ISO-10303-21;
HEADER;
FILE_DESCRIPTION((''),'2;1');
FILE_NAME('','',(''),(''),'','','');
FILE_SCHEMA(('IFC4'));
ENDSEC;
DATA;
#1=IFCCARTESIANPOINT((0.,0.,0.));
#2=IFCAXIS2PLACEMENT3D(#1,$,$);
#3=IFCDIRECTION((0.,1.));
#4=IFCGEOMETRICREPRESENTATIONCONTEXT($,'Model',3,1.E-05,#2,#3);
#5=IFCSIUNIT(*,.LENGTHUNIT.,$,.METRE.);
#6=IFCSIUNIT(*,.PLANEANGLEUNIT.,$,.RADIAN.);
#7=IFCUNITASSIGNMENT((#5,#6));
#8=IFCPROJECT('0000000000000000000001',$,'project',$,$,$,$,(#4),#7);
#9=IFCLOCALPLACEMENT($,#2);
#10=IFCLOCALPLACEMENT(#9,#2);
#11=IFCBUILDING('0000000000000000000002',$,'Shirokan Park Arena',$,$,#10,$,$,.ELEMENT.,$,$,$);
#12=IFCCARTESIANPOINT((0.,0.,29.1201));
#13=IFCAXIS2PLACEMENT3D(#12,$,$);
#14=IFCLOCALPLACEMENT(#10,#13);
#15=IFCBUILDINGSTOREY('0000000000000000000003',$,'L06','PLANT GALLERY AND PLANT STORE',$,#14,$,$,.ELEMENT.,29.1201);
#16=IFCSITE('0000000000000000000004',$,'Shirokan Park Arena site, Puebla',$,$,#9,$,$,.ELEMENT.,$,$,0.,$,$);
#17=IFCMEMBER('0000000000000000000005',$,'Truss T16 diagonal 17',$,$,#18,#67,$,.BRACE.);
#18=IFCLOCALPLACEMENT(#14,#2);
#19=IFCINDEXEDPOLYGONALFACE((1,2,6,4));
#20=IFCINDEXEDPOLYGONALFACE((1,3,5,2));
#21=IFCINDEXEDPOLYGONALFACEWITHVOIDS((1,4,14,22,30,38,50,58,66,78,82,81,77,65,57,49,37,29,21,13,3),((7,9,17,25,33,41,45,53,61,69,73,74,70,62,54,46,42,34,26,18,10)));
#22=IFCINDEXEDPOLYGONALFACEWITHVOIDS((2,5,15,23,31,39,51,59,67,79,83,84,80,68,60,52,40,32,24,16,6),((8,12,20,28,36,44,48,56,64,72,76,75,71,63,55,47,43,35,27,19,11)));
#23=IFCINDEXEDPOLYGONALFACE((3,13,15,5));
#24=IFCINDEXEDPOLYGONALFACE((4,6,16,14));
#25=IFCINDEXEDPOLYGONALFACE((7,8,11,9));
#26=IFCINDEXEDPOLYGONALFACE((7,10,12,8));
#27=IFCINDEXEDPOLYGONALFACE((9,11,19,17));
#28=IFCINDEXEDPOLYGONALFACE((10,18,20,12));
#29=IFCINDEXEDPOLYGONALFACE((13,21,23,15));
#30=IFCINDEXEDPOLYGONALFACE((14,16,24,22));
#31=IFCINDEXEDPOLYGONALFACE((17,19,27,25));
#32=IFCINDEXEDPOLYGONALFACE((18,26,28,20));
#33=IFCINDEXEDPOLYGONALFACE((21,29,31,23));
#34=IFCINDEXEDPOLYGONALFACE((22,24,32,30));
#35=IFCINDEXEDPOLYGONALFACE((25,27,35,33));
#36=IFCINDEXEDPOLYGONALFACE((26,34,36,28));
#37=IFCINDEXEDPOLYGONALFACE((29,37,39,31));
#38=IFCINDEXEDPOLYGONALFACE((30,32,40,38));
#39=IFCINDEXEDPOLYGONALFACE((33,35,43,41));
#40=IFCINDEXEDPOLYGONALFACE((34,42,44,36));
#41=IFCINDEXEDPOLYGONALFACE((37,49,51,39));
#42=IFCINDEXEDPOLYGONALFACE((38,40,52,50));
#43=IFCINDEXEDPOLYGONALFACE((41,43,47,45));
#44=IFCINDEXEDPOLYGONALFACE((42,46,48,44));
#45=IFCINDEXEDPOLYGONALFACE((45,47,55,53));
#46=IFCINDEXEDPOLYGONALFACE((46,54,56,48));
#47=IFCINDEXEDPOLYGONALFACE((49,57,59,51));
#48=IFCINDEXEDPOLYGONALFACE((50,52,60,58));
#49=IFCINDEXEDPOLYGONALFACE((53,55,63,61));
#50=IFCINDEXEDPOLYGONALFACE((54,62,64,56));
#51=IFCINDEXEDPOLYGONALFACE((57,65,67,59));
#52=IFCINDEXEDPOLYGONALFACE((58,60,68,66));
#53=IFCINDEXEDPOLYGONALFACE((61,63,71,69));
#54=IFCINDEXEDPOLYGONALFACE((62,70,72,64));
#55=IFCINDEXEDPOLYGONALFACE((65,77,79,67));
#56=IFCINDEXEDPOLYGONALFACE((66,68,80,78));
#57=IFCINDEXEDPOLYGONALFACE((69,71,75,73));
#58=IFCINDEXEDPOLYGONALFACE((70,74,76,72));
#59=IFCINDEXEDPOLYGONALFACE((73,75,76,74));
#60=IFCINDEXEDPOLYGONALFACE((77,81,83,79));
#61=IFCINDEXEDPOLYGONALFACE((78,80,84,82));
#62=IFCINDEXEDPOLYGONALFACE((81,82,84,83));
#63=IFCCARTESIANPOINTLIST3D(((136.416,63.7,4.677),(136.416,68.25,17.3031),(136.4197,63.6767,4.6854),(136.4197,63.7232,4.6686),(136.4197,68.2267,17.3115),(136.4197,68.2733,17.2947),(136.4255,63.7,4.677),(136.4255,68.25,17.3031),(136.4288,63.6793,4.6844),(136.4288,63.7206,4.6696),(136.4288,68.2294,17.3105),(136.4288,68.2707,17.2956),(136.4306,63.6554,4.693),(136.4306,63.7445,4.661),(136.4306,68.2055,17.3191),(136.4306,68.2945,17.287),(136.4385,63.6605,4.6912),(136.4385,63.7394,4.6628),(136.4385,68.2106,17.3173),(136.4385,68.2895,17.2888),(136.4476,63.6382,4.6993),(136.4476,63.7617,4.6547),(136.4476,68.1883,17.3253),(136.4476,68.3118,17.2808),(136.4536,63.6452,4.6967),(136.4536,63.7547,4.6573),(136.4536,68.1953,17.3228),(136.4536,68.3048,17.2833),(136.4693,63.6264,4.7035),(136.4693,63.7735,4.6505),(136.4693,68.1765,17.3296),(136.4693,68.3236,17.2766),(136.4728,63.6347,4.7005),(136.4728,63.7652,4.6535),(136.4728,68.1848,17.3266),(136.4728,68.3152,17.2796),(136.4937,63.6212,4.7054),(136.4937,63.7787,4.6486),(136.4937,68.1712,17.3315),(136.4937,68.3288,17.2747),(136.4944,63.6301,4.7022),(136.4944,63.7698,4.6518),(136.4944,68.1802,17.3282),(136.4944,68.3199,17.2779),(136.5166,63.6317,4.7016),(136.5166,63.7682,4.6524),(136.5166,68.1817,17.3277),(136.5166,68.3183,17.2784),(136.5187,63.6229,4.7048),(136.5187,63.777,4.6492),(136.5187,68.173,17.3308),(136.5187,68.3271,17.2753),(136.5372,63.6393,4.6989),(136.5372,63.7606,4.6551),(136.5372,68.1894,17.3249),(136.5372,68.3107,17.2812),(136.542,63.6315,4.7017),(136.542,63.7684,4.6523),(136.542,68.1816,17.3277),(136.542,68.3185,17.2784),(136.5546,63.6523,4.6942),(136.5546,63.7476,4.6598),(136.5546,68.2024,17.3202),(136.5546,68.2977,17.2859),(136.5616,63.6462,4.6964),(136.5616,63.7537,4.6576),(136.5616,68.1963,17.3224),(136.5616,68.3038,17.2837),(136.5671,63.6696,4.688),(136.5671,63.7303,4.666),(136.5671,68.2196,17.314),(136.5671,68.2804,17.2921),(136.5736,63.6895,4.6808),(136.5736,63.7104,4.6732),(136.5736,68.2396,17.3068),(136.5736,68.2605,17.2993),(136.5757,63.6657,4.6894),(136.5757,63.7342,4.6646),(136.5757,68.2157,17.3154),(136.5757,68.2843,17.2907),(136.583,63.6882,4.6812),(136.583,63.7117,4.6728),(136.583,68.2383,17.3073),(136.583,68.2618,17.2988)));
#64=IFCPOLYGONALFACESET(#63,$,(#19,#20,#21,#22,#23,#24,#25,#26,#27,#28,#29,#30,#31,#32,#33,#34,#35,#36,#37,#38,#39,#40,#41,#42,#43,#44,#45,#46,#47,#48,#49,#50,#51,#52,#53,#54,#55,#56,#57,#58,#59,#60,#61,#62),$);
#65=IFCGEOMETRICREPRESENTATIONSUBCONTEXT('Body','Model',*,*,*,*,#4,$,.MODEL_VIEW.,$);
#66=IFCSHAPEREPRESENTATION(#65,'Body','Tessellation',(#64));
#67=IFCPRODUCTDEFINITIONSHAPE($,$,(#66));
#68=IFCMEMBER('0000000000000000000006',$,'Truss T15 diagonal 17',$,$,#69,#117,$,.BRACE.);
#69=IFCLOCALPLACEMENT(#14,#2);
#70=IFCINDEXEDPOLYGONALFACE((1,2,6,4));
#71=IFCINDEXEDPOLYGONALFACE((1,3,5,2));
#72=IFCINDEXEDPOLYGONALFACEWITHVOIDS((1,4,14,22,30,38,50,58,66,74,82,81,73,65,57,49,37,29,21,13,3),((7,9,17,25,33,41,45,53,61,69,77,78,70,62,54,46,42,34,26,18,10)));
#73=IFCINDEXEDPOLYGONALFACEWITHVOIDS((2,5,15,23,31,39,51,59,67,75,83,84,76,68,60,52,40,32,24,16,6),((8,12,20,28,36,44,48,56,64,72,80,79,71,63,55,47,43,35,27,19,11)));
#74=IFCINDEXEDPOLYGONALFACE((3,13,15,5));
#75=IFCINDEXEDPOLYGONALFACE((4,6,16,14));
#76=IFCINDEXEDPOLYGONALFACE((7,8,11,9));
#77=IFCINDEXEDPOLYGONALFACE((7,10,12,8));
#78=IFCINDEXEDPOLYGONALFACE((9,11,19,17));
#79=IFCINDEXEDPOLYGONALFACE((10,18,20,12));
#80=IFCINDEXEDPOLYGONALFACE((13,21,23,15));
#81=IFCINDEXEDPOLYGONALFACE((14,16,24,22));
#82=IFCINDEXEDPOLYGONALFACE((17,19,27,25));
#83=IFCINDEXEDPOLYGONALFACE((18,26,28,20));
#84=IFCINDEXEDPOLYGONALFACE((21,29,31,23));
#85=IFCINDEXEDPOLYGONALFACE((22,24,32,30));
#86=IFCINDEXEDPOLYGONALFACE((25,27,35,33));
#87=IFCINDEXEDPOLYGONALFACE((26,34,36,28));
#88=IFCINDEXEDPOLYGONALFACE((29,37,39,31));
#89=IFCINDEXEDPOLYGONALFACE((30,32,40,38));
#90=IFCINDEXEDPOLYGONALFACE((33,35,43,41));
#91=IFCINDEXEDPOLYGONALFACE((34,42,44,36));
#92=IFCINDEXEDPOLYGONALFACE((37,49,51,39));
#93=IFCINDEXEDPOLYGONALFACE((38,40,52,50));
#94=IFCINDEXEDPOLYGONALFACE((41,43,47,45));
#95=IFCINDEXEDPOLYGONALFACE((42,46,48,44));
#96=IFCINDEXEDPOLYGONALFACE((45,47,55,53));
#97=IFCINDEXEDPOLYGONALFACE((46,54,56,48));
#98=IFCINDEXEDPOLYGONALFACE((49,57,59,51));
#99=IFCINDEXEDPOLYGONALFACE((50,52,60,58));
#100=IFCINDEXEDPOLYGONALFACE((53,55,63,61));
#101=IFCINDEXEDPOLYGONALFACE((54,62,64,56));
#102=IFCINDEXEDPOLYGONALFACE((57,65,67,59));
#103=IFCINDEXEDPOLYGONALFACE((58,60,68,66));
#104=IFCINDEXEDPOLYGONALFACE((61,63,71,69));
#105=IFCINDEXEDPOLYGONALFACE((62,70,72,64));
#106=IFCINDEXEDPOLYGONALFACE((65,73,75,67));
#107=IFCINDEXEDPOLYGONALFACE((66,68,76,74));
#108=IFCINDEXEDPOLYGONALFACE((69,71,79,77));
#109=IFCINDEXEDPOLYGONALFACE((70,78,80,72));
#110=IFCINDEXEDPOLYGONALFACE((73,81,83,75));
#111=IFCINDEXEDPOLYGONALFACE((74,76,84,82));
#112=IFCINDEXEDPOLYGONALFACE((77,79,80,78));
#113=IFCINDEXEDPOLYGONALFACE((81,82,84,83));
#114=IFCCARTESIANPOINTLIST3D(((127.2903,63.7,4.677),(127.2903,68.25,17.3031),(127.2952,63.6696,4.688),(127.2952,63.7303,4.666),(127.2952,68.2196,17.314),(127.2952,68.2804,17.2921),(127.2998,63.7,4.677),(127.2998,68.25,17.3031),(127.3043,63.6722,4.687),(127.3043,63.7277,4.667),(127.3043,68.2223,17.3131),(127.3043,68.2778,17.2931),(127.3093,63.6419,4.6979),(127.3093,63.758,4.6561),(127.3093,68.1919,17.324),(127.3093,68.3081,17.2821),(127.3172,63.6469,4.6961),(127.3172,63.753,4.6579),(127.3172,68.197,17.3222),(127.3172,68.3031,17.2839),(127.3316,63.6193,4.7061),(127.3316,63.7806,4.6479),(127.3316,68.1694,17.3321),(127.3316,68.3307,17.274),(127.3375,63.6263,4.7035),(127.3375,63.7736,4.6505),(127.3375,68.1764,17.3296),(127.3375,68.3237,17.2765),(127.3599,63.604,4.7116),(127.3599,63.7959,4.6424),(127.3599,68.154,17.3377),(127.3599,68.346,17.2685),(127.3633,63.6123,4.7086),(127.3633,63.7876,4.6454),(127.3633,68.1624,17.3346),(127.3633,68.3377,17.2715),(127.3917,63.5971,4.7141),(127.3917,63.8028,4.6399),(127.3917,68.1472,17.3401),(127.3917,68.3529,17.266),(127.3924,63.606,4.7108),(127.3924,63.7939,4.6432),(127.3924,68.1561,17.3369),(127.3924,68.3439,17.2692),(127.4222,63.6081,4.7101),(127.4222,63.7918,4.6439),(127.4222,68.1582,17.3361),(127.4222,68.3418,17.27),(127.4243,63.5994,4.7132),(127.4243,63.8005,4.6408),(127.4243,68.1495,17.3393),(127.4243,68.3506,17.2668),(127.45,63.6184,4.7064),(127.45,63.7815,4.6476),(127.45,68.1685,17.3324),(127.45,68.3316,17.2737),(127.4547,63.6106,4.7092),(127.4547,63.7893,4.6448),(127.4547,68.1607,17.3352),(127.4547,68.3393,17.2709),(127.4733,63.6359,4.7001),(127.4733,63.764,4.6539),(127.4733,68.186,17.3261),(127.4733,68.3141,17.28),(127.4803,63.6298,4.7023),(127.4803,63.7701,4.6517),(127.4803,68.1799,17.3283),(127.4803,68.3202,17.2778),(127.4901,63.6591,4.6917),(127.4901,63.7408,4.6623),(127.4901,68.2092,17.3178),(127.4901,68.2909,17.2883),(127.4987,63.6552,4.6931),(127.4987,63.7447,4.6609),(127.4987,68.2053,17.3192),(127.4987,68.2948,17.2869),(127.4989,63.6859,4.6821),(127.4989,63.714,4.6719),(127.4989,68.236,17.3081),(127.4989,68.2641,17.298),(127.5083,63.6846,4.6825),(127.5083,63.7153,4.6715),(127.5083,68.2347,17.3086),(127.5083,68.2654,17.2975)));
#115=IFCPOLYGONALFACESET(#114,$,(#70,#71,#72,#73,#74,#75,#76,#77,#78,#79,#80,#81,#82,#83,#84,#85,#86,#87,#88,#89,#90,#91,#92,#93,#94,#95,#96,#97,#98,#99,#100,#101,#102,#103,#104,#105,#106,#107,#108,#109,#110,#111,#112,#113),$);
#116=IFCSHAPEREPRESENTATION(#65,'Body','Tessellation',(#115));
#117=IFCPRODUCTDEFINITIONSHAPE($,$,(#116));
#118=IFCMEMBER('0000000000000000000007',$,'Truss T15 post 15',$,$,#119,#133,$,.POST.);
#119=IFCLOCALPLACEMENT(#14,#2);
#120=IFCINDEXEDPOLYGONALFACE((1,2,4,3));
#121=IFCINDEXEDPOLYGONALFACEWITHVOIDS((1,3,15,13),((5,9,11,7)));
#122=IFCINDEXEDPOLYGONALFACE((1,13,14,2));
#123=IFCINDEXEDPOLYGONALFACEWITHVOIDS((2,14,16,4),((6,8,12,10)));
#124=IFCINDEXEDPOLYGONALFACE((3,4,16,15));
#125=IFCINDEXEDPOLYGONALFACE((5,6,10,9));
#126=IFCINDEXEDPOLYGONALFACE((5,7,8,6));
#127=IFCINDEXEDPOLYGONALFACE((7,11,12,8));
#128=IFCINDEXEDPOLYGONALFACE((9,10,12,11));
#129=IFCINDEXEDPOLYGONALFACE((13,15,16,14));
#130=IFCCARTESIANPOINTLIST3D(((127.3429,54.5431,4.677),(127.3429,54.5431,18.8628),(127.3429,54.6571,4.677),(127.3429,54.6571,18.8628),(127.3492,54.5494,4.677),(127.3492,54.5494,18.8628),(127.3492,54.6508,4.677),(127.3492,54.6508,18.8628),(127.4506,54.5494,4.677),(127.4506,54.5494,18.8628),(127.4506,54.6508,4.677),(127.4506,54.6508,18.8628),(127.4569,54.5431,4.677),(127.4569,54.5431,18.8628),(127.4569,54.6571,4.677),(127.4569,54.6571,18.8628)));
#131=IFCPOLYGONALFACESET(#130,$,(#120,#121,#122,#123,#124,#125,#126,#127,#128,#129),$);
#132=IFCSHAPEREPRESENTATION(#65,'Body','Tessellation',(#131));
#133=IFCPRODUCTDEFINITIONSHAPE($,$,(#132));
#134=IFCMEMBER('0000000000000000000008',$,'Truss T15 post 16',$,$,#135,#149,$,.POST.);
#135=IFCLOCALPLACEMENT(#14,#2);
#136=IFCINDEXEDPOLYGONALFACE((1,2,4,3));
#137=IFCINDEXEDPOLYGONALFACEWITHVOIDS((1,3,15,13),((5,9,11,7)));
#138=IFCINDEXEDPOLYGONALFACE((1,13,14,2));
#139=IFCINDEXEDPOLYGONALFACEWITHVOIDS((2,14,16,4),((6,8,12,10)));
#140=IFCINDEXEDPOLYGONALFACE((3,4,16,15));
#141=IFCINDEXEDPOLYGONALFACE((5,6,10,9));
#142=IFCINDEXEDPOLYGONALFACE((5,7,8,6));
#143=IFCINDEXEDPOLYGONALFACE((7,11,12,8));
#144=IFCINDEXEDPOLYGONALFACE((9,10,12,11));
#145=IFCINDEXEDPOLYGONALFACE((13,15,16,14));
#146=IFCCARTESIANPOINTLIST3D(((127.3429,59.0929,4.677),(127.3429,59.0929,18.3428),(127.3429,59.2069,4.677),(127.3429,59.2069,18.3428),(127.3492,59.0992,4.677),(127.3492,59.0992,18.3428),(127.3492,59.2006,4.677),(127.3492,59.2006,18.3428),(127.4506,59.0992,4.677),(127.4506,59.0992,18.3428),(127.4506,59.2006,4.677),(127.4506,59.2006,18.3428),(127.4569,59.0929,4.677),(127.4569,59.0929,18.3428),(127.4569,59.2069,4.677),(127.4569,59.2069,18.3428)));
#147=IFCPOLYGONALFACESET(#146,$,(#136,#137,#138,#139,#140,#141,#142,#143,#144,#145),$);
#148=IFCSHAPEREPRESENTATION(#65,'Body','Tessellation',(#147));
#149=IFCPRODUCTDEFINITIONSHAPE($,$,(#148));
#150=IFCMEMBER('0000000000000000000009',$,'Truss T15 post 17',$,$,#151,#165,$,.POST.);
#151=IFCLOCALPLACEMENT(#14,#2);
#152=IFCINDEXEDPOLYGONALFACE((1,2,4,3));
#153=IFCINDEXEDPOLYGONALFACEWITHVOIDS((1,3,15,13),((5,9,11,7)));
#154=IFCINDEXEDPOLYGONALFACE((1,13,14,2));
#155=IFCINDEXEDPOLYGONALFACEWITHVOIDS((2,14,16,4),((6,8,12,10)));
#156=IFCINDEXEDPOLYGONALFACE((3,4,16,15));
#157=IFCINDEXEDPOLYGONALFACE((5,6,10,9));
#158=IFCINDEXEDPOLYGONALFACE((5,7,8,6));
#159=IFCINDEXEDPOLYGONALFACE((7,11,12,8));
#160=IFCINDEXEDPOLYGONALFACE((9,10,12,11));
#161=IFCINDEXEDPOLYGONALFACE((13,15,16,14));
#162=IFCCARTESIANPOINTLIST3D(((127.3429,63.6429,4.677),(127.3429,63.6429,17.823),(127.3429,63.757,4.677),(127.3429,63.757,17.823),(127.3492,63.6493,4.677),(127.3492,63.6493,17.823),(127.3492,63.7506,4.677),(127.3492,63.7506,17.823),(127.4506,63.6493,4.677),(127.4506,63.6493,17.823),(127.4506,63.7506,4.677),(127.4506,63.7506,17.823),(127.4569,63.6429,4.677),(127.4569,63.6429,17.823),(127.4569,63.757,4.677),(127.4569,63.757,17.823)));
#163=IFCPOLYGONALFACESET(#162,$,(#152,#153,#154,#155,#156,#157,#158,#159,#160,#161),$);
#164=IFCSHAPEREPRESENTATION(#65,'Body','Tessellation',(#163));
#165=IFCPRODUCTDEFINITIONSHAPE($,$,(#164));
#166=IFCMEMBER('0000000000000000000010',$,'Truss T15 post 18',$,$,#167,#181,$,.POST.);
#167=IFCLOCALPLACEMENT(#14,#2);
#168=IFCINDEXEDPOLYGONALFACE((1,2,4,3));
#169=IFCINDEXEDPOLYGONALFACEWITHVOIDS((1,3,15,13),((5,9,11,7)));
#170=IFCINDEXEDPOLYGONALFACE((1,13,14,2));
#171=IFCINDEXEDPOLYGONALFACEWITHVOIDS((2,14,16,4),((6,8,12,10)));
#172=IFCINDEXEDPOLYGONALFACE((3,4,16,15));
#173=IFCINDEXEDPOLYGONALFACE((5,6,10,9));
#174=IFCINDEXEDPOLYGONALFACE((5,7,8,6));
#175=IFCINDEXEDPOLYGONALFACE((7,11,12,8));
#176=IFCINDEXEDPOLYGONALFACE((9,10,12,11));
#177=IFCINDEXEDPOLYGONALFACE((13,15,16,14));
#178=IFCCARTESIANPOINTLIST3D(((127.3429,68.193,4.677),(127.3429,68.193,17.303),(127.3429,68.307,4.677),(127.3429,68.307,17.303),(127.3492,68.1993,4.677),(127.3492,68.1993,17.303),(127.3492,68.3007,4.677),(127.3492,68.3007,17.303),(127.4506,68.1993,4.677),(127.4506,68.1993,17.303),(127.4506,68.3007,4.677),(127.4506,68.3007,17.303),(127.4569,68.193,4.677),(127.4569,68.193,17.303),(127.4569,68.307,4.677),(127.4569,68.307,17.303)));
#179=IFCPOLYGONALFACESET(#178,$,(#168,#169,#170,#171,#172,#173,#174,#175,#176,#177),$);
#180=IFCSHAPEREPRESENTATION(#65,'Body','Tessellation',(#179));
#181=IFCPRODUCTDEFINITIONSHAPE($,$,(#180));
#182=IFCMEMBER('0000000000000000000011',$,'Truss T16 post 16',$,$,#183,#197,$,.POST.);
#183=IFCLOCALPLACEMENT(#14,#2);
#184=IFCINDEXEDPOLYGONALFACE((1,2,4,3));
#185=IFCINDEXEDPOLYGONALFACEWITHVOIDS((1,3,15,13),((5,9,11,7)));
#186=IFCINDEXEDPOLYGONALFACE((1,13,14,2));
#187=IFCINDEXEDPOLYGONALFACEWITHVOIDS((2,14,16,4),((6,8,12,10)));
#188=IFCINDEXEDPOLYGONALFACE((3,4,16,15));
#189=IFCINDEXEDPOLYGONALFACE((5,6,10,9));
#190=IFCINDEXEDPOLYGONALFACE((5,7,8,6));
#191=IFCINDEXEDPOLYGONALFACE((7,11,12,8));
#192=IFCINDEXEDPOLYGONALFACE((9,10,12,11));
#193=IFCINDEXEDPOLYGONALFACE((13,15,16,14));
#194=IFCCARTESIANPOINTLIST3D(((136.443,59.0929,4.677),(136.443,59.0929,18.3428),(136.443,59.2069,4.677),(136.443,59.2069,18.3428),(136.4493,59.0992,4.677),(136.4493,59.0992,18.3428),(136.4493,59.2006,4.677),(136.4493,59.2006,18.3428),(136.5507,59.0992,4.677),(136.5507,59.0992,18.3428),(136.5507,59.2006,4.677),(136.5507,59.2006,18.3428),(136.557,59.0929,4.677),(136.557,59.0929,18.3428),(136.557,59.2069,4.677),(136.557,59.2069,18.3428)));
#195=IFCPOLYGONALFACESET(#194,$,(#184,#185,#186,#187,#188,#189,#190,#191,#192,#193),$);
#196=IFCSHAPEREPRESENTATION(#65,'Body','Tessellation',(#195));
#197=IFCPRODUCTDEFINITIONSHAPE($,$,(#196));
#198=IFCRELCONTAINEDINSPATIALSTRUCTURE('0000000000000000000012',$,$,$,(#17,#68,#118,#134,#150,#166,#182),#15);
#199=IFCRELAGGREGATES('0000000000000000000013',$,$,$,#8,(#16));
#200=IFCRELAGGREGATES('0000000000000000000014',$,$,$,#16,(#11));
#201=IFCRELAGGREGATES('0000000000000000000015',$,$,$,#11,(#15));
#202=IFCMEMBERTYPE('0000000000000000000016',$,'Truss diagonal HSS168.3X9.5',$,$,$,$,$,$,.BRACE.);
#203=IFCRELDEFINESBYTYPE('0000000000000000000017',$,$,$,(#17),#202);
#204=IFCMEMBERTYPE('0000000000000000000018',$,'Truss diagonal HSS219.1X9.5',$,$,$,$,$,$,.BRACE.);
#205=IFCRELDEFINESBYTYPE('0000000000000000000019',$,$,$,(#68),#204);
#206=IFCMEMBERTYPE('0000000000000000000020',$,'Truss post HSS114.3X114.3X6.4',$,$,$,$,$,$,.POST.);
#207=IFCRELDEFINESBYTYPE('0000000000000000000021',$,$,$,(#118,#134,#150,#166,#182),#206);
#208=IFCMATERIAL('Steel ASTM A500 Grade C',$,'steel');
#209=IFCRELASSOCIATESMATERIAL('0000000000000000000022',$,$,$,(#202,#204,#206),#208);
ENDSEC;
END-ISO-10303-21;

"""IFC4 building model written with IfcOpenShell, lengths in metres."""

from ifc_helpers import new_model, si_unit, direction, frame, origin, origin_2d, place, context, subcontext, project, spatial, hollow_rectangle, hollow_circle, extrude, material, material_profile, profile_set, type_object, element, save


model = new_model("IFC4")

# Units and contexts
model_context = context("Model", 3, precision=1e-05, world=origin(), true_north=direction((0.0, 1.0)))
body_context = subcontext(model_context, "Body", "Model", "MODEL_VIEW")
ifc_project = project(units=[si_unit("LENGTHUNIT", "METRE"), si_unit("PLANEANGLEUNIT", "RADIAN")], contexts=[model_context])

# Site, building, storey
site_placement = place(None, origin())
site = spatial("IfcSite", under=ifc_project, at=site_placement, Name="Shirokan Park Arena site, Puebla", CompositionType="ELEMENT", RefElevation=0.0)
building_placement = place(site_placement, origin())
building = spatial("IfcBuilding", under=site, at=building_placement, Name="Shirokan Park Arena", CompositionType="ELEMENT")
storey_placement = place(building_placement, frame((0.0, 0.0, 29.1201)))
storey = spatial("IfcBuildingStorey", under=building, at=storey_placement, Name="L06", Description="PLANT GALLERY AND PLANT STORE", CompositionType="ELEMENT", Elevation=29.1201)

# Shared definitions
ifc_material_1 = material(Name="Steel ASTM A500 Grade C", Category="steel")

# Members
ifc_material_profile_1 = material_profile(ifc_material_1, hollow_circle(Radius=0.084, WallThickness=0.0095, at=origin_2d()), Name="HSS168.3X9.5")
ifc_profile_set_1 = profile_set([ifc_material_profile_1], Name="Steel ASTM A500 Grade C")
member_type_1 = type_object("IfcMemberType", Name="Truss diagonal HSS168.3X9.5", PredefinedType="BRACE", material=ifc_profile_set_1)
member_1_placement = place(storey_placement, frame((136.5, 63.7, 4.677), z_axis=(0.0, 0.339029, 0.940776), x_axis=(-1.0, 0.0, 0.0)))
element("IfcMember", 1, at=member_1_placement, inside=storey, type_object=member_type_1, Name="Truss T16 diagonal 17", PredefinedType="BRACE", context=body_context, shape_type="SweptSolid", body=[
    extrude(hollow_circle(Radius=0.084, WallThickness=0.0095, at=origin_2d()), origin(), (0.0, 0.0, 1.0), 13.4209),
])
ifc_material_profile_2 = material_profile(ifc_material_1, hollow_circle(Radius=0.1096, WallThickness=0.0095, at=origin_2d()), Name="HSS219.1X9.5")
ifc_profile_set_2 = profile_set([ifc_material_profile_2], Name="Steel ASTM A500 Grade C")
member_type_2 = type_object("IfcMemberType", Name="Truss diagonal HSS219.1X9.5", PredefinedType="BRACE", material=ifc_profile_set_2)
member_2_placement = place(storey_placement, frame((127.3999, 63.7, 4.677), z_axis=(0.0, 0.339029, 0.940776), x_axis=(-1.0, 0.0, 0.0)))
element("IfcMember", 2, at=member_2_placement, inside=storey, type_object=member_type_2, Name="Truss T15 diagonal 17", PredefinedType="BRACE", context=body_context, shape_type="SweptSolid", body=[
    extrude(hollow_circle(Radius=0.1096, WallThickness=0.0095, at=origin_2d()), origin(), (0.0, 0.0, 1.0), 13.4209),
])
ifc_material_profile_3 = material_profile(ifc_material_1, hollow_rectangle(XDim=0.114, YDim=0.114, WallThickness=0.0063, at=origin_2d()), Name="HSS114.3X114.3X6.4")
ifc_profile_set_3 = profile_set([ifc_material_profile_3], Name="Steel ASTM A500 Grade C")
member_type_3 = type_object("IfcMemberType", Name="Truss post HSS114.3X114.3X6.4", PredefinedType="POST", material=ifc_profile_set_3)
member_3_placement = place(storey_placement, frame((127.3999, 54.6001, 4.677), z_axis=(0.0, 0.0, 1.0), x_axis=(1.0, 0.0, 0.0)))
element("IfcMember", 3, at=member_3_placement, inside=storey, type_object=member_type_3, Name="Truss T15 post 15", PredefinedType="POST", context=body_context, shape_type="SweptSolid", body=[
    extrude(hollow_rectangle(XDim=0.114, YDim=0.114, WallThickness=0.0063, at=origin_2d()), origin(), (0.0, 0.0, 1.0), 14.1858),
])
member_4_placement = place(storey_placement, frame((127.3999, 59.1499, 4.677), z_axis=(0.0, 0.0, 1.0), x_axis=(1.0, 0.0, 0.0)))
element("IfcMember", 4, at=member_4_placement, inside=storey, type_object=member_type_3, Name="Truss T15 post 16", PredefinedType="POST", context=body_context, shape_type="SweptSolid", body=[
    extrude(hollow_rectangle(XDim=0.114, YDim=0.114, WallThickness=0.0063, at=origin_2d()), origin(), (0.0, 0.0, 1.0), 13.6658),
])
member_5_placement = place(storey_placement, frame((127.3999, 63.7, 4.677), z_axis=(0.0, 0.0, 1.0), x_axis=(1.0, 0.0, 0.0)))
element("IfcMember", 5, at=member_5_placement, inside=storey, type_object=member_type_3, Name="Truss T15 post 17", PredefinedType="POST", context=body_context, shape_type="SweptSolid", body=[
    extrude(hollow_rectangle(XDim=0.114, YDim=0.114, WallThickness=0.0063, at=origin_2d()), origin(), (0.0, 0.0, 1.0), 13.146),
])
member_6_placement = place(storey_placement, frame((127.3999, 68.25, 4.677), z_axis=(0.0, 0.0, 1.0), x_axis=(1.0, 0.0, 0.0)))
element("IfcMember", 6, at=member_6_placement, inside=storey, type_object=member_type_3, Name="Truss T15 post 18", PredefinedType="POST", context=body_context, shape_type="SweptSolid", body=[
    extrude(hollow_rectangle(XDim=0.114, YDim=0.114, WallThickness=0.0063, at=origin_2d()), origin(), (0.0, 0.0, 1.0), 12.626),
])
member_7_placement = place(storey_placement, frame((136.5, 59.1499, 4.677), z_axis=(0.0, 0.0, 1.0), x_axis=(1.0, 0.0, 0.0)))
element("IfcMember", 7, at=member_7_placement, inside=storey, type_object=member_type_3, Name="Truss T16 post 16", PredefinedType="POST", context=body_context, shape_type="SweptSolid", body=[
    extrude(hollow_rectangle(XDim=0.114, YDim=0.114, WallThickness=0.0063, at=origin_2d()), origin(), (0.0, 0.0, 1.0), 13.6658),
])

save(model, "model.ifc")
